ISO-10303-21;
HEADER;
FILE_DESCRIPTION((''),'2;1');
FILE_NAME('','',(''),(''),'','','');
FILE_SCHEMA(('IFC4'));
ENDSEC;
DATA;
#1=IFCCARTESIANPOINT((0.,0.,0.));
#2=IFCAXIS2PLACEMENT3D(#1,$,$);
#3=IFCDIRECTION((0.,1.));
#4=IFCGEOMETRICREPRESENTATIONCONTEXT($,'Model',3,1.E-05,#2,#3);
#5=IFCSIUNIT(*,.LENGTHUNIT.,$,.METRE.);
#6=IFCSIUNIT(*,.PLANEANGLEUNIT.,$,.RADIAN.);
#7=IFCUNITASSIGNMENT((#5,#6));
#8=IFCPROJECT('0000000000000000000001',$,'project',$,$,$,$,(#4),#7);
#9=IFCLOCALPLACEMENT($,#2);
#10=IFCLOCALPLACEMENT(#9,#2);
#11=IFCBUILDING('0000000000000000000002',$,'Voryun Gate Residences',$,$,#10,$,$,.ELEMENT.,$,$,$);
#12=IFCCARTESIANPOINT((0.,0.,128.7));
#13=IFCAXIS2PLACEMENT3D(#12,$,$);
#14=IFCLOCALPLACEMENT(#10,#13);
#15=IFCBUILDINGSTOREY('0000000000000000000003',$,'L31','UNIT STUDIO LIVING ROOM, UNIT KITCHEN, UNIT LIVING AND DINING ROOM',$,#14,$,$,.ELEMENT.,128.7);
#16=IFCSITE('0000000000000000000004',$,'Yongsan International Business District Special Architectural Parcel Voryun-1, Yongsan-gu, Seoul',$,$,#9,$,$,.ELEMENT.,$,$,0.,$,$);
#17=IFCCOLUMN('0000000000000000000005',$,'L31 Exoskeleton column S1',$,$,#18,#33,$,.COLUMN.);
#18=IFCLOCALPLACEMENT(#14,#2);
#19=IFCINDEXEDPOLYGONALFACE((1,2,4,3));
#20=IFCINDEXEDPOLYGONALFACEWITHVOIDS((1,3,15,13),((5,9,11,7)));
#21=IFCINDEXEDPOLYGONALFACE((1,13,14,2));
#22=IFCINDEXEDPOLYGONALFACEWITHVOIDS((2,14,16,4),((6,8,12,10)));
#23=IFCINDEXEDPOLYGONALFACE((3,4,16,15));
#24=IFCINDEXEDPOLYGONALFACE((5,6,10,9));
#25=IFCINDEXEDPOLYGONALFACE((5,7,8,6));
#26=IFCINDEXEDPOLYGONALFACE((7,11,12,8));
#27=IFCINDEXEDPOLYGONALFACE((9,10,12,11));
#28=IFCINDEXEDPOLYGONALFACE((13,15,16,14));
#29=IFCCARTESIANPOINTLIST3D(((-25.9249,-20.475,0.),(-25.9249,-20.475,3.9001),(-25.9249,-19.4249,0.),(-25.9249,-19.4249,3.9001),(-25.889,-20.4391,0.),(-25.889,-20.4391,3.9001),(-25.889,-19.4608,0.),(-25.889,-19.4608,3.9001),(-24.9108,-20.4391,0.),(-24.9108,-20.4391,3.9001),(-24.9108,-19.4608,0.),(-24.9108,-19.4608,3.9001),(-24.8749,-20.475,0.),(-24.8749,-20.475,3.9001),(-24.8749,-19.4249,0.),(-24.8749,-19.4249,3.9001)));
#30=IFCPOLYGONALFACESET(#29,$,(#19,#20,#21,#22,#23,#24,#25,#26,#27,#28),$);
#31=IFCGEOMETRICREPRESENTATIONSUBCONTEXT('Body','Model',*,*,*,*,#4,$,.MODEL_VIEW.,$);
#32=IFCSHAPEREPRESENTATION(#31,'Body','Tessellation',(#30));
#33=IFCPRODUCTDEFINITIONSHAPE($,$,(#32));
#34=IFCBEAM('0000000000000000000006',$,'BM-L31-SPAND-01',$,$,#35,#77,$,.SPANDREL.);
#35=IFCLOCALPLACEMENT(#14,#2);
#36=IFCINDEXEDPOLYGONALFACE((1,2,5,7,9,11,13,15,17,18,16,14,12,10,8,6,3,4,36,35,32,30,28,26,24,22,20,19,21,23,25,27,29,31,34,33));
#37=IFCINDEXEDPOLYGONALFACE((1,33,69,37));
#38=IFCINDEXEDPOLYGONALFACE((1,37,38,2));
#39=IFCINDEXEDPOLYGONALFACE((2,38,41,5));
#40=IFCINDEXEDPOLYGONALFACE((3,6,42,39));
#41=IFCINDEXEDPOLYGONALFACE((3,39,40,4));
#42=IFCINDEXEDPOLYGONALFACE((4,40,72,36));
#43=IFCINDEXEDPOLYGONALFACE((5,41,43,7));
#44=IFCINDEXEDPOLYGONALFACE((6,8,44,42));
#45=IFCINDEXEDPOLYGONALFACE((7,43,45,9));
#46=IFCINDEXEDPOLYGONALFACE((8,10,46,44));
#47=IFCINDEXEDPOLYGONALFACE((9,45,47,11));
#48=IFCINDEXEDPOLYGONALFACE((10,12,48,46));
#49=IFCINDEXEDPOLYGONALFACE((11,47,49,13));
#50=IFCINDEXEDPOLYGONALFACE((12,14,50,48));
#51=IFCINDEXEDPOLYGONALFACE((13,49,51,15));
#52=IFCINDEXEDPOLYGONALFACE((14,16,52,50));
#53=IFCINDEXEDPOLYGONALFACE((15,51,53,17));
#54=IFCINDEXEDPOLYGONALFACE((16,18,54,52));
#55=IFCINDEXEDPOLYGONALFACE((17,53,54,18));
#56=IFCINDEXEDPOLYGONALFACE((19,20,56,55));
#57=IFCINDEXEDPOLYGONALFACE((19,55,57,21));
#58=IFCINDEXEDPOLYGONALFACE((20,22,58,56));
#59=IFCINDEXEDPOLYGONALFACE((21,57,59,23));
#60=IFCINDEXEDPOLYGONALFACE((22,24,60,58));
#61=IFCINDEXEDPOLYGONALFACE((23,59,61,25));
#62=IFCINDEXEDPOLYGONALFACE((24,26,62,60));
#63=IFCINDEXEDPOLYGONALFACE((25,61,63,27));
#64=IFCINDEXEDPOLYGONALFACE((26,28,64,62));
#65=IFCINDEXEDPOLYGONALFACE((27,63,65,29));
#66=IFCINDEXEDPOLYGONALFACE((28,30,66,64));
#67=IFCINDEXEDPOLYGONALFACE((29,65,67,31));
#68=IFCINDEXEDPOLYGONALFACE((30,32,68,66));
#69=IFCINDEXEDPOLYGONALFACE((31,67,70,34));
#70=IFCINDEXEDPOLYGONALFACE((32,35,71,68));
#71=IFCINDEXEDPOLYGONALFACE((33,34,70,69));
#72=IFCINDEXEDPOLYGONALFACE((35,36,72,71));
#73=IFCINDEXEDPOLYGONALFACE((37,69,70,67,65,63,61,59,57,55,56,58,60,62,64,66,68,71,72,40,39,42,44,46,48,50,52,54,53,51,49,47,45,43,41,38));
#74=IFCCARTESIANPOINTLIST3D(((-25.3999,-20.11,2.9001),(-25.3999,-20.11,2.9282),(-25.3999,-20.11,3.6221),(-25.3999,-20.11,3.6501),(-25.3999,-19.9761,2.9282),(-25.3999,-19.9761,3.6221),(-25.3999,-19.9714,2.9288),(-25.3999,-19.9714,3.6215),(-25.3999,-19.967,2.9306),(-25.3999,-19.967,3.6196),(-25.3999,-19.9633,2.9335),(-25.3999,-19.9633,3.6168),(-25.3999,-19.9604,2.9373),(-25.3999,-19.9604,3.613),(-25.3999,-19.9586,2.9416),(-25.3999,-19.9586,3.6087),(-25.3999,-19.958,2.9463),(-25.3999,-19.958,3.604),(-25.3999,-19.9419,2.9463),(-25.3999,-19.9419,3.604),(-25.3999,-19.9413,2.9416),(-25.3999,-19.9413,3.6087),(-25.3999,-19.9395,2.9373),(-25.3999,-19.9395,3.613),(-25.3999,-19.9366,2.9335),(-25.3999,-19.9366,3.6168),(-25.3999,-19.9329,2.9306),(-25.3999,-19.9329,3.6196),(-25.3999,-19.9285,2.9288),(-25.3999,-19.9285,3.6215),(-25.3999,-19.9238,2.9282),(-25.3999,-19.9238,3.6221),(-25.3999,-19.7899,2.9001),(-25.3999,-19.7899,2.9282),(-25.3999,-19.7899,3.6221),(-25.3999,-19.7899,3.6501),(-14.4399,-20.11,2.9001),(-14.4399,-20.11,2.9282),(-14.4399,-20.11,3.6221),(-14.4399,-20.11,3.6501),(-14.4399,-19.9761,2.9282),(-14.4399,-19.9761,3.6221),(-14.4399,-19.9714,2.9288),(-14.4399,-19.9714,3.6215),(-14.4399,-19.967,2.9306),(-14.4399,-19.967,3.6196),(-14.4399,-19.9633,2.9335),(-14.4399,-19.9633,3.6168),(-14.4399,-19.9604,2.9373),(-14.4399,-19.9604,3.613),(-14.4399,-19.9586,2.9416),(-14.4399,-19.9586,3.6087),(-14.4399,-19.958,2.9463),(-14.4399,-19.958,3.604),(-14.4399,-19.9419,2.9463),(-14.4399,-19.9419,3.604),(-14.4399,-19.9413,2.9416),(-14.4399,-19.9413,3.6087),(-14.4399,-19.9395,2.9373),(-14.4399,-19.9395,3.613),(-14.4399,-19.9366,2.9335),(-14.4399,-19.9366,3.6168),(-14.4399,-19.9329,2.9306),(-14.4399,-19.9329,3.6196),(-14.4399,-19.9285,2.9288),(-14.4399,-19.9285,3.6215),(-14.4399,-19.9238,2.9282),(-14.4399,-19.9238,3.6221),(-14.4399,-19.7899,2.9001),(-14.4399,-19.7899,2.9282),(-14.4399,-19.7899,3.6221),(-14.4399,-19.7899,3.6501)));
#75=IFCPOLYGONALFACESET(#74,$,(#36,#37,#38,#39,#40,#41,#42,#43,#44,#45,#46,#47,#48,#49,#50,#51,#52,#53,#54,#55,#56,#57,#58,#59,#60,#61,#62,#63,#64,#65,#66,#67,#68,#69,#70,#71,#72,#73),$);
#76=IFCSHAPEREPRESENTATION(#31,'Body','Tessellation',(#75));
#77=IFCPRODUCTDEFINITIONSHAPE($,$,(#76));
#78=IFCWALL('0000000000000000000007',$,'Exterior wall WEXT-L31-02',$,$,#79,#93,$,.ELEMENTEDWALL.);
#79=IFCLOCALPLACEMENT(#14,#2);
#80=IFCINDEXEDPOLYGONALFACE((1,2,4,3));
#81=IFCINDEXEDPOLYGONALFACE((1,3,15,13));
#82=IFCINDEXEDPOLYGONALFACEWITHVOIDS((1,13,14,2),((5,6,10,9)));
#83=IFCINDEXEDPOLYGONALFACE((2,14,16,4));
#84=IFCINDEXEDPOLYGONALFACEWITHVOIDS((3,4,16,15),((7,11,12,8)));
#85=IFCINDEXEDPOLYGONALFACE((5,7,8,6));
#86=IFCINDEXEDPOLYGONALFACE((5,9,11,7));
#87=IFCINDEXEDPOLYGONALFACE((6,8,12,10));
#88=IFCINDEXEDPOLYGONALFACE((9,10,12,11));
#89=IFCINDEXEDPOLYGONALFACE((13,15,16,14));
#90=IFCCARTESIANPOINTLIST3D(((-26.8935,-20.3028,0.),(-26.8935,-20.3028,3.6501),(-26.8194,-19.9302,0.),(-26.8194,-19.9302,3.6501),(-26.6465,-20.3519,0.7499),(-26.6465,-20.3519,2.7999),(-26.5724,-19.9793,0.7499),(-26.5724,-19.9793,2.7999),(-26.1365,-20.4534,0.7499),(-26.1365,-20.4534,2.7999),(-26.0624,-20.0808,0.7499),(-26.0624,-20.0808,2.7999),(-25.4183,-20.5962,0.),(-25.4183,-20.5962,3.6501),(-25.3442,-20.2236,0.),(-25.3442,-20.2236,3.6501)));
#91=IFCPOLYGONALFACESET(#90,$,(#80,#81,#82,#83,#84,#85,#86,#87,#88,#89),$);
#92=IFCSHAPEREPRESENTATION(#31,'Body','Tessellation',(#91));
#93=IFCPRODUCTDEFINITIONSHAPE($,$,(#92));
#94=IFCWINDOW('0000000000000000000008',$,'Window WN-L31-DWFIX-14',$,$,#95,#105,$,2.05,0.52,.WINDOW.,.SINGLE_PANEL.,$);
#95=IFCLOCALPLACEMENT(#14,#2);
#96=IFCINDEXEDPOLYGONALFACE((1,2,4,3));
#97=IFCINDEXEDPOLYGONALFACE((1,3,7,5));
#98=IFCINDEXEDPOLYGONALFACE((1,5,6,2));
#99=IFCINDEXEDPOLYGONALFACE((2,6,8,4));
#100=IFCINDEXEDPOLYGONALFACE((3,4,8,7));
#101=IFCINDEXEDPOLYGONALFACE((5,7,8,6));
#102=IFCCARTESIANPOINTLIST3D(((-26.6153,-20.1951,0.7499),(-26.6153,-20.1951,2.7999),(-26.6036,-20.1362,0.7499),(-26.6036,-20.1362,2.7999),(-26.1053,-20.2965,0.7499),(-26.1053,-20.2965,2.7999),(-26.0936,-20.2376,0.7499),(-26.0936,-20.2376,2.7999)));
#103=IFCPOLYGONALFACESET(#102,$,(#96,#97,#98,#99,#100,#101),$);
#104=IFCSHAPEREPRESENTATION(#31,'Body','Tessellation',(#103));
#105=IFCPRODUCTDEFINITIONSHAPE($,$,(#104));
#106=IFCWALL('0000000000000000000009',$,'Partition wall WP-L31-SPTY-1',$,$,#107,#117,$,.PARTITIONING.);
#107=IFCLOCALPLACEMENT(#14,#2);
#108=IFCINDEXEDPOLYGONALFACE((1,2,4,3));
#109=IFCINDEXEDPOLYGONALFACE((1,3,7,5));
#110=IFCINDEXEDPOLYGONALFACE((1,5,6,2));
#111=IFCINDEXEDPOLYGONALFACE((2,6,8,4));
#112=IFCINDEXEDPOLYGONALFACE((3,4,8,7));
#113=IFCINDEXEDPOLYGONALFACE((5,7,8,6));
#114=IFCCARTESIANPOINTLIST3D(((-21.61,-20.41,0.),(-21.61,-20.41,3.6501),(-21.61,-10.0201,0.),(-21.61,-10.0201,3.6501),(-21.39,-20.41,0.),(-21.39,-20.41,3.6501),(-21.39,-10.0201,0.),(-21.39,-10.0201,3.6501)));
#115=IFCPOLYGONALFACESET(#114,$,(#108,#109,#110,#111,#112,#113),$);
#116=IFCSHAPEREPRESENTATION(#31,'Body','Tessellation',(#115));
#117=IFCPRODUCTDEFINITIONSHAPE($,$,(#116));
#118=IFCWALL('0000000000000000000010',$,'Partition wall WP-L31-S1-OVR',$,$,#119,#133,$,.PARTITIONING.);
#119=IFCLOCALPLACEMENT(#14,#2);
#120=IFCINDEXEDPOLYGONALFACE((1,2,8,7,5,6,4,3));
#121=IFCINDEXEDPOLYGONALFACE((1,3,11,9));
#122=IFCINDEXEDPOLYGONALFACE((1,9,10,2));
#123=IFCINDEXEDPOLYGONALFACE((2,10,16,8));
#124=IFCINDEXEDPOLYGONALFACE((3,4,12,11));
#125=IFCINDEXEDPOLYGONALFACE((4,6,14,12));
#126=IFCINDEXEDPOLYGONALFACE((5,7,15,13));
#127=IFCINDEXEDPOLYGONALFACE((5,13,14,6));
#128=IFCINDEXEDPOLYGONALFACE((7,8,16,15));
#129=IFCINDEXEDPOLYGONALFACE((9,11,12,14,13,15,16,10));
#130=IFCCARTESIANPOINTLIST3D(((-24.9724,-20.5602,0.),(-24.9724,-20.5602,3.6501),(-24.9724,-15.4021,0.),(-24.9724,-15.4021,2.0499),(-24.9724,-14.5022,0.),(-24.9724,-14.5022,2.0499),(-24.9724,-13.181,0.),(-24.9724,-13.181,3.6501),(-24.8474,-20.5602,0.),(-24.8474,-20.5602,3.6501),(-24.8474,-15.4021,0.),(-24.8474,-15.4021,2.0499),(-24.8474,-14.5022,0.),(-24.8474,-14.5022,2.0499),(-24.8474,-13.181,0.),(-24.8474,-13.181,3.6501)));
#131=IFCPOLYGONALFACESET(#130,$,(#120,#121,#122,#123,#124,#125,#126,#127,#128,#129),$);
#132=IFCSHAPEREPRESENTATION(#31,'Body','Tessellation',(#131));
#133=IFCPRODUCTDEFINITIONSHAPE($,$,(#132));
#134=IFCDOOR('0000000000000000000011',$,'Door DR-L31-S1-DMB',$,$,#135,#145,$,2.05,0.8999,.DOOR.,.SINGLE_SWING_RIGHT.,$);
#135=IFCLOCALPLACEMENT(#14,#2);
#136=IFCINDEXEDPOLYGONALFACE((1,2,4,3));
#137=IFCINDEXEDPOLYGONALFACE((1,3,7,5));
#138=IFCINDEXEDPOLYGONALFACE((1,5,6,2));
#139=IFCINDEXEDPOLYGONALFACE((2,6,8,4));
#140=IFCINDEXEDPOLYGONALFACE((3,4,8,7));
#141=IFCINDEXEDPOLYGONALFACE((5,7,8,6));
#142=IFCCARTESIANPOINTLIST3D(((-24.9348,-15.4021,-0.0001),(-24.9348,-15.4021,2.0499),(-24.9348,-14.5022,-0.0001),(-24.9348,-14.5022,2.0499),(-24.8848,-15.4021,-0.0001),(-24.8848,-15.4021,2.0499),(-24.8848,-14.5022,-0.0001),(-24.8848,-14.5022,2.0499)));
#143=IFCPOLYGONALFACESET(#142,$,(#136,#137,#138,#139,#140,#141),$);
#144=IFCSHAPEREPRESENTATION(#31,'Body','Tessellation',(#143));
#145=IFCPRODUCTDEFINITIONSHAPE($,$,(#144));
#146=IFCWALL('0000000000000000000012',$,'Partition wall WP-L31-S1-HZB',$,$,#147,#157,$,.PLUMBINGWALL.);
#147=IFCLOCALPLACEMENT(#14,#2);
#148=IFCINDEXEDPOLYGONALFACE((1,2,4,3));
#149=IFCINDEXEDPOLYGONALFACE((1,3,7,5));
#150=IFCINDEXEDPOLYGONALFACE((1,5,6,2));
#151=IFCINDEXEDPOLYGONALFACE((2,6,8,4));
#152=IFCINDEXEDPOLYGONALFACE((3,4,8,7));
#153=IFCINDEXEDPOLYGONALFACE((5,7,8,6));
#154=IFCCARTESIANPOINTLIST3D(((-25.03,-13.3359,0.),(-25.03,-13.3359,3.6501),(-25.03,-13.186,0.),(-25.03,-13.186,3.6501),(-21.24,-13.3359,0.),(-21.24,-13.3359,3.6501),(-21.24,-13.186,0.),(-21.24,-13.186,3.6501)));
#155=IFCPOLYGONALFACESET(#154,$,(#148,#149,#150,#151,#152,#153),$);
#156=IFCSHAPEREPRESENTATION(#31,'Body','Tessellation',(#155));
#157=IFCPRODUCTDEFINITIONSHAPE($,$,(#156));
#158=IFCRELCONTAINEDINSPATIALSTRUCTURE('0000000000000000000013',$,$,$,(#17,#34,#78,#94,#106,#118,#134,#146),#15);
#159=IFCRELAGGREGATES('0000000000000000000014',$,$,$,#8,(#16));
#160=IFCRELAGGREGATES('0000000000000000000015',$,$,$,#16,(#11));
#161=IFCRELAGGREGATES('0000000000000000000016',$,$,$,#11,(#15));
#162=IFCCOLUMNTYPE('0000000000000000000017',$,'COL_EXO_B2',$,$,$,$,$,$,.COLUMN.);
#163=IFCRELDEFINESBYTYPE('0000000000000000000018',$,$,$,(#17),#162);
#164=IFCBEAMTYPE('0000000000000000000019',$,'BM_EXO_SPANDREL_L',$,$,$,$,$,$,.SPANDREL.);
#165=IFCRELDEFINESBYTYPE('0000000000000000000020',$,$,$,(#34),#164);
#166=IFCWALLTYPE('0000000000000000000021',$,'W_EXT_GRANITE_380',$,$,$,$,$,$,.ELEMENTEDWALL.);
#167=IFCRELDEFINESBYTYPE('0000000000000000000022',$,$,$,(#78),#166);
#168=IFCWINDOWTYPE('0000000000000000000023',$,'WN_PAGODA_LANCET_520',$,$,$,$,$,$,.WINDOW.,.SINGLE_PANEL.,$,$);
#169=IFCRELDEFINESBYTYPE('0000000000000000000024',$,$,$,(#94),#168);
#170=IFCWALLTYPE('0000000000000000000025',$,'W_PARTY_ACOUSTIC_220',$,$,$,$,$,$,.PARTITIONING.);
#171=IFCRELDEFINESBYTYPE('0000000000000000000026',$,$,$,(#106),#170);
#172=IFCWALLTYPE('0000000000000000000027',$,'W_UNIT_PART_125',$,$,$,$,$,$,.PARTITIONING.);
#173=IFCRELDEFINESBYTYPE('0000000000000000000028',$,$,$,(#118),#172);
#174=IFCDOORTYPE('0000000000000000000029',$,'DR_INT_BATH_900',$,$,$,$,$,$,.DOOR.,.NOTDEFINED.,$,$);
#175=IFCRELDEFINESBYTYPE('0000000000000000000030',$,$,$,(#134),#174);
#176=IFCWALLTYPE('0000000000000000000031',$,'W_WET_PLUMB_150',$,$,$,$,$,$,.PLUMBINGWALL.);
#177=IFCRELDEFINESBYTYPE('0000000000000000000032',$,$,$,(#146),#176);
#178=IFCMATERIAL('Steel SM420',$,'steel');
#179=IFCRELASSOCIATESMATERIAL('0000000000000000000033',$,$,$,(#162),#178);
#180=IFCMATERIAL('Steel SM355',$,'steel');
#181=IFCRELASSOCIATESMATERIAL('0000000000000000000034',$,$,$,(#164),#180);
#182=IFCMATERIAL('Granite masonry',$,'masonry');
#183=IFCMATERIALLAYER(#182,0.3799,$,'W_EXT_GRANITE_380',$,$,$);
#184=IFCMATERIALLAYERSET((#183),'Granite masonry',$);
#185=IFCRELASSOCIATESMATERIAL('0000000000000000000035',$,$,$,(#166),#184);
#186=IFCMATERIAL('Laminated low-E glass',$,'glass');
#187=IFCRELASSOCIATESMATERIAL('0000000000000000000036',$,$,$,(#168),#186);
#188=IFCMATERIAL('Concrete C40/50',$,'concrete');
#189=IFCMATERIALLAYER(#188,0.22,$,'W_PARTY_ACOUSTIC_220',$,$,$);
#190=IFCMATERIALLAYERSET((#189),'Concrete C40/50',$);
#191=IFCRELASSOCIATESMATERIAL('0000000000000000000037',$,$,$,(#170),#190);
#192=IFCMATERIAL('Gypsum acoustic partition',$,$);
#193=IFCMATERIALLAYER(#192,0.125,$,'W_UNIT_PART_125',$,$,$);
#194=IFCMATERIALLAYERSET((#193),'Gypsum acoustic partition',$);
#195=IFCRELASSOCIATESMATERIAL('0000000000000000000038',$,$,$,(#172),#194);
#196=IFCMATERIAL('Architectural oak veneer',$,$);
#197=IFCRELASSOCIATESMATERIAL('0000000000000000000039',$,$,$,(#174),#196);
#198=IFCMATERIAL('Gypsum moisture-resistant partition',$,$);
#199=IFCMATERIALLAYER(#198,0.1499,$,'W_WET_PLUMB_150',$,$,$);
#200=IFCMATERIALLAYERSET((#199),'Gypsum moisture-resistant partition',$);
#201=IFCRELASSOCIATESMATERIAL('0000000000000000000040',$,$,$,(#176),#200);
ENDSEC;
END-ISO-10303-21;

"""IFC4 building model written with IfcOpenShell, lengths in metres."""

from ifc_helpers import new_model, si_unit, direction, frame, frame_2d, origin, origin_2d, place, context, subcontext, project, spatial, rectangle, hollow_rectangle, i_section, extrude, material, layer, layer_set, material_profile, profile_set, type_object, element, fill, save


model = new_model("IFC4")

# Units and contexts
model_context = context("Model", 3, precision=1e-05, world=origin(), true_north=direction((0.0, 1.0)))
body_context = subcontext(model_context, "Body", "Model", "MODEL_VIEW")
ifc_project = project(units=[si_unit("LENGTHUNIT", "METRE"), si_unit("PLANEANGLEUNIT", "RADIAN")], contexts=[model_context])

# Site, building, storey
site_placement = place(None, origin())
site = spatial("IfcSite", under=ifc_project, at=site_placement, Name="Yongsan International Business District Special Architectural Parcel Voryun-1, Yongsan-gu, Seoul", CompositionType="ELEMENT", RefElevation=0.0)
building_placement = place(site_placement, origin())
building = spatial("IfcBuilding", under=site, at=building_placement, Name="Voryun Gate Residences", CompositionType="ELEMENT")
storey_placement = place(building_placement, frame((0.0, 0.0, 128.7)))
storey = spatial("IfcBuildingStorey", under=building, at=storey_placement, Name="L31", Description="UNIT STUDIO LIVING ROOM, UNIT KITCHEN, UNIT LIVING AND DINING ROOM", CompositionType="ELEMENT", Elevation=128.7)

# Column
ifc_material_1 = material(Name="Steel SM420", Category="steel")
ifc_material_profile_1 = material_profile(ifc_material_1, hollow_rectangle(XDim=1.05, YDim=1.05, WallThickness=0.0359, at=origin_2d()), Name="BOX-1050x1050x36")
ifc_profile_set_1 = profile_set([ifc_material_profile_1], Name="Steel SM420")
column_type = type_object("IfcColumnType", Name="COL_EXO_B2", PredefinedType="COLUMN", material=ifc_profile_set_1)
column_placement = place(storey_placement, frame((-25.3999, -19.95, 0.0), z_axis=(0.0, 0.0, 1.0), x_axis=(1.0, 0.0, 0.0)))
element("IfcColumn", 1, at=column_placement, inside=storey, type_object=column_type, Name="L31 Exoskeleton column S1", PredefinedType="COLUMN", context=body_context, shape_type="SweptSolid", body=[
    extrude(hollow_rectangle(XDim=1.05, YDim=1.05, WallThickness=0.0359, at=origin_2d()), origin(), (0.0, 0.0, 1.0), 3.9001),
])

# Beam
ifc_material_2 = material(Name="Steel SM355", Category="steel")
ifc_material_profile_2 = material_profile(ifc_material_2, i_section(OverallWidth=0.3201, OverallDepth=0.75, WebThickness=0.0161, FlangeThickness=0.0281, FilletRadius=0.0181, at=origin_2d()), Name="H-750x320x16x28")
ifc_profile_set_2 = profile_set([ifc_material_profile_2], Name="Steel SM355")
beam_type = type_object("IfcBeamType", Name="BM_EXO_SPANDREL_L", PredefinedType="SPANDREL", material=ifc_profile_set_2)
beam_placement = place(storey_placement, frame((-25.3999, -19.95, 3.2751), z_axis=(1.0, 0.0, 0.0), x_axis=(0.0, 1.0, 0.0)))
element("IfcBeam", 2, at=beam_placement, inside=storey, type_object=beam_type, Name="BM-L31-SPAND-01", PredefinedType="SPANDREL", context=body_context, shape_type="SweptSolid", body=[
    extrude(i_section(OverallWidth=0.3201, OverallDepth=0.75, WebThickness=0.0161, FlangeThickness=0.0281, FilletRadius=0.0181, at=origin_2d()), origin(), (0.0, 0.0, 1.0), 10.96),
])

# Wall, opening, window
ifc_material_3 = material(Name="Granite masonry", Category="masonry")
ifc_layer_1 = layer(ifc_material_3, 0.3799, Name="W_EXT_GRANITE_380")
ifc_layer_set_1 = layer_set([ifc_layer_1], Name="Granite masonry")
wall_type_1 = type_object("IfcWallType", Name="W_EXT_GRANITE_380", PredefinedType="ELEMENTEDWALL", material=ifc_layer_set_1)
wall_1_placement = place(storey_placement, frame((-25.3813, -20.4099, 0.0), z_axis=(0.0, 0.0, 1.0), x_axis=(-0.980786, 0.195086, 0.0)))
wall_1 = element("IfcWall", 3, at=wall_1_placement, inside=storey, type_object=wall_type_1, Name="Exterior wall WEXT-L31-02", PredefinedType="ELEMENTEDWALL", context=body_context, shape_type="SweptSolid", body=[
    extrude(rectangle(XDim=1.5042, YDim=0.3799, at=frame_2d((0.752, 0.0))), origin(), (0.0, 0.0, 1.0), 3.6501),
])
opening_1_placement = place(wall_1_placement, frame((0.7322, 0.0, 0.75)))
opening_1 = element("IfcOpeningElement", 4, at=opening_1_placement, cuts=wall_1, PredefinedType="OPENING", context=body_context, shape_type="SweptSolid", body=[
    extrude(rectangle(XDim=0.52, YDim=2.05, at=frame_2d((0.26, 1.0249))), frame((0.0, 0.2, 0.0), z_axis=(0.0, -1.0, 0.0), x_axis=(1.0, 0.0, 0.0)), (0.0, 0.0, 1.0), 0.3999),
])
ifc_material_4 = material(Name="Laminated low-E glass", Category="glass")
window_type = type_object("IfcWindowType", Name="WN_PAGODA_LANCET_520", PartitioningType="SINGLE_PANEL", PredefinedType="WINDOW", material=ifc_material_4)
window_placement = place(opening_1_placement, origin())
window = element("IfcWindow", 5, at=window_placement, inside=storey, type_object=window_type, Name="Window WN-L31-DWFIX-14", OverallHeight=2.05, OverallWidth=0.52, PartitioningType="SINGLE_PANEL", PredefinedType="WINDOW", context=body_context, shape_type="SweptSolid", body=[
    extrude(rectangle(XDim=0.52, YDim=2.05, at=frame_2d((0.26, 1.0249))), frame((0.0, 0.03, 0.0), z_axis=(0.0, -1.0, 0.0), x_axis=(1.0, 0.0, 0.0)), (0.0, 0.0, 1.0), 0.0601),
])
fill(opening_1, window)

# Wall
ifc_material_5 = material(Name="Concrete C40/50", Category="concrete")
ifc_layer_2 = layer(ifc_material_5, 0.22, Name="W_PARTY_ACOUSTIC_220")
ifc_layer_set_2 = layer_set([ifc_layer_2], Name="Concrete C40/50")
wall_type_2 = type_object("IfcWallType", Name="W_PARTY_ACOUSTIC_220", PredefinedType="PARTITIONING", material=ifc_layer_set_2)
wall_2_placement = place(storey_placement, frame((-21.5, -20.4099, 0.0), z_axis=(0.0, 0.0, 1.0), x_axis=(0.0, 1.0, 0.0)))
element("IfcWall", 6, at=wall_2_placement, inside=storey, type_object=wall_type_2, Name="Partition wall WP-L31-SPTY-1", PredefinedType="PARTITIONING", context=body_context, shape_type="SweptSolid", body=[
    extrude(rectangle(XDim=10.3899, YDim=0.22, at=frame_2d((5.1948, 0.0))), origin(), (0.0, 0.0, 1.0), 3.6501),
])

# Wall, opening, door
ifc_material_6 = material(Name="Gypsum acoustic partition")
ifc_layer_3 = layer(ifc_material_6, 0.125, Name="W_UNIT_PART_125")
ifc_layer_set_3 = layer_set([ifc_layer_3], Name="Gypsum acoustic partition")
wall_type_3 = type_object("IfcWallType", Name="W_UNIT_PART_125", PredefinedType="PARTITIONING", material=ifc_layer_set_3)
wall_3_placement = place(storey_placement, frame((-24.9099, -20.5601, 0.0), z_axis=(0.0, 0.0, 1.0), x_axis=(0.0, 1.0, 0.0)))
wall_3 = element("IfcWall", 7, at=wall_3_placement, inside=storey, type_object=wall_type_3, Name="Partition wall WP-L31-S1-OVR", PredefinedType="PARTITIONING", context=body_context, shape_type="SweptSolid", body=[
    extrude(rectangle(XDim=7.3792, YDim=0.125, at=frame_2d((3.6895, 0.0))), origin(), (0.0, 0.0, 1.0), 3.6501),
])
opening_2_placement = place(wall_3_placement, frame((5.158, 0.0, 0.0)))
opening_2 = element("IfcOpeningElement", 8, at=opening_2_placement, cuts=wall_3, PredefinedType="OPENING", context=body_context, shape_type="SweptSolid", body=[
    extrude(rectangle(XDim=0.8999, YDim=2.05, at=frame_2d((0.45, 1.0249))), frame((0.0, 0.0725, 0.0), z_axis=(0.0, -1.0, 0.0), x_axis=(1.0, 0.0, 0.0)), (0.0, 0.0, 1.0), 0.145),
])
ifc_material_7 = material(Name="Architectural oak veneer")
door_type = type_object("IfcDoorType", Name="DR_INT_BATH_900", OperationType="NOTDEFINED", PredefinedType="DOOR", material=ifc_material_7)
door_1_placement = place(opening_2_placement, origin())
door_1 = element("IfcDoor", 9, at=door_1_placement, inside=storey, type_object=door_type, Name="Door DR-L31-S1-DMB", OperationType="SINGLE_SWING_RIGHT", OverallHeight=2.05, OverallWidth=0.8999, PredefinedType="DOOR", context=body_context, shape_type="SweptSolid", body=[
    extrude(rectangle(XDim=0.8999, YDim=2.05, at=frame_2d((0.45, 1.0249))), frame((0.0, 0.0249, 0.0), z_axis=(0.0, -1.0, 0.0), x_axis=(1.0, 0.0, 0.0)), (0.0, 0.0, 1.0), 0.05),
])
fill(opening_2, door_1)

# Wall
ifc_material_8 = material(Name="Gypsum moisture-resistant partition")
ifc_layer_4 = layer(ifc_material_8, 0.1499, Name="W_WET_PLUMB_150")
ifc_layer_set_4 = layer_set([ifc_layer_4], Name="Gypsum moisture-resistant partition")
wall_type_4 = type_object("IfcWallType", Name="W_WET_PLUMB_150", PredefinedType="PLUMBINGWALL", material=ifc_layer_set_4)
wall_4_placement = place(storey_placement, frame((-25.03, -13.261, 0.0), z_axis=(0.0, 0.0, 1.0), x_axis=(1.0, 0.0, 0.0)))
element("IfcWall", 10, at=wall_4_placement, inside=storey, type_object=wall_type_4, Name="Partition wall WP-L31-S1-HZB", PredefinedType="PLUMBINGWALL", context=body_context, shape_type="SweptSolid", body=[
    extrude(rectangle(XDim=3.79, YDim=0.1499, at=frame_2d((1.895, 0.0))), origin(), (0.0, 0.0, 1.0), 3.6501),
])

save(model, "model.ifc")
